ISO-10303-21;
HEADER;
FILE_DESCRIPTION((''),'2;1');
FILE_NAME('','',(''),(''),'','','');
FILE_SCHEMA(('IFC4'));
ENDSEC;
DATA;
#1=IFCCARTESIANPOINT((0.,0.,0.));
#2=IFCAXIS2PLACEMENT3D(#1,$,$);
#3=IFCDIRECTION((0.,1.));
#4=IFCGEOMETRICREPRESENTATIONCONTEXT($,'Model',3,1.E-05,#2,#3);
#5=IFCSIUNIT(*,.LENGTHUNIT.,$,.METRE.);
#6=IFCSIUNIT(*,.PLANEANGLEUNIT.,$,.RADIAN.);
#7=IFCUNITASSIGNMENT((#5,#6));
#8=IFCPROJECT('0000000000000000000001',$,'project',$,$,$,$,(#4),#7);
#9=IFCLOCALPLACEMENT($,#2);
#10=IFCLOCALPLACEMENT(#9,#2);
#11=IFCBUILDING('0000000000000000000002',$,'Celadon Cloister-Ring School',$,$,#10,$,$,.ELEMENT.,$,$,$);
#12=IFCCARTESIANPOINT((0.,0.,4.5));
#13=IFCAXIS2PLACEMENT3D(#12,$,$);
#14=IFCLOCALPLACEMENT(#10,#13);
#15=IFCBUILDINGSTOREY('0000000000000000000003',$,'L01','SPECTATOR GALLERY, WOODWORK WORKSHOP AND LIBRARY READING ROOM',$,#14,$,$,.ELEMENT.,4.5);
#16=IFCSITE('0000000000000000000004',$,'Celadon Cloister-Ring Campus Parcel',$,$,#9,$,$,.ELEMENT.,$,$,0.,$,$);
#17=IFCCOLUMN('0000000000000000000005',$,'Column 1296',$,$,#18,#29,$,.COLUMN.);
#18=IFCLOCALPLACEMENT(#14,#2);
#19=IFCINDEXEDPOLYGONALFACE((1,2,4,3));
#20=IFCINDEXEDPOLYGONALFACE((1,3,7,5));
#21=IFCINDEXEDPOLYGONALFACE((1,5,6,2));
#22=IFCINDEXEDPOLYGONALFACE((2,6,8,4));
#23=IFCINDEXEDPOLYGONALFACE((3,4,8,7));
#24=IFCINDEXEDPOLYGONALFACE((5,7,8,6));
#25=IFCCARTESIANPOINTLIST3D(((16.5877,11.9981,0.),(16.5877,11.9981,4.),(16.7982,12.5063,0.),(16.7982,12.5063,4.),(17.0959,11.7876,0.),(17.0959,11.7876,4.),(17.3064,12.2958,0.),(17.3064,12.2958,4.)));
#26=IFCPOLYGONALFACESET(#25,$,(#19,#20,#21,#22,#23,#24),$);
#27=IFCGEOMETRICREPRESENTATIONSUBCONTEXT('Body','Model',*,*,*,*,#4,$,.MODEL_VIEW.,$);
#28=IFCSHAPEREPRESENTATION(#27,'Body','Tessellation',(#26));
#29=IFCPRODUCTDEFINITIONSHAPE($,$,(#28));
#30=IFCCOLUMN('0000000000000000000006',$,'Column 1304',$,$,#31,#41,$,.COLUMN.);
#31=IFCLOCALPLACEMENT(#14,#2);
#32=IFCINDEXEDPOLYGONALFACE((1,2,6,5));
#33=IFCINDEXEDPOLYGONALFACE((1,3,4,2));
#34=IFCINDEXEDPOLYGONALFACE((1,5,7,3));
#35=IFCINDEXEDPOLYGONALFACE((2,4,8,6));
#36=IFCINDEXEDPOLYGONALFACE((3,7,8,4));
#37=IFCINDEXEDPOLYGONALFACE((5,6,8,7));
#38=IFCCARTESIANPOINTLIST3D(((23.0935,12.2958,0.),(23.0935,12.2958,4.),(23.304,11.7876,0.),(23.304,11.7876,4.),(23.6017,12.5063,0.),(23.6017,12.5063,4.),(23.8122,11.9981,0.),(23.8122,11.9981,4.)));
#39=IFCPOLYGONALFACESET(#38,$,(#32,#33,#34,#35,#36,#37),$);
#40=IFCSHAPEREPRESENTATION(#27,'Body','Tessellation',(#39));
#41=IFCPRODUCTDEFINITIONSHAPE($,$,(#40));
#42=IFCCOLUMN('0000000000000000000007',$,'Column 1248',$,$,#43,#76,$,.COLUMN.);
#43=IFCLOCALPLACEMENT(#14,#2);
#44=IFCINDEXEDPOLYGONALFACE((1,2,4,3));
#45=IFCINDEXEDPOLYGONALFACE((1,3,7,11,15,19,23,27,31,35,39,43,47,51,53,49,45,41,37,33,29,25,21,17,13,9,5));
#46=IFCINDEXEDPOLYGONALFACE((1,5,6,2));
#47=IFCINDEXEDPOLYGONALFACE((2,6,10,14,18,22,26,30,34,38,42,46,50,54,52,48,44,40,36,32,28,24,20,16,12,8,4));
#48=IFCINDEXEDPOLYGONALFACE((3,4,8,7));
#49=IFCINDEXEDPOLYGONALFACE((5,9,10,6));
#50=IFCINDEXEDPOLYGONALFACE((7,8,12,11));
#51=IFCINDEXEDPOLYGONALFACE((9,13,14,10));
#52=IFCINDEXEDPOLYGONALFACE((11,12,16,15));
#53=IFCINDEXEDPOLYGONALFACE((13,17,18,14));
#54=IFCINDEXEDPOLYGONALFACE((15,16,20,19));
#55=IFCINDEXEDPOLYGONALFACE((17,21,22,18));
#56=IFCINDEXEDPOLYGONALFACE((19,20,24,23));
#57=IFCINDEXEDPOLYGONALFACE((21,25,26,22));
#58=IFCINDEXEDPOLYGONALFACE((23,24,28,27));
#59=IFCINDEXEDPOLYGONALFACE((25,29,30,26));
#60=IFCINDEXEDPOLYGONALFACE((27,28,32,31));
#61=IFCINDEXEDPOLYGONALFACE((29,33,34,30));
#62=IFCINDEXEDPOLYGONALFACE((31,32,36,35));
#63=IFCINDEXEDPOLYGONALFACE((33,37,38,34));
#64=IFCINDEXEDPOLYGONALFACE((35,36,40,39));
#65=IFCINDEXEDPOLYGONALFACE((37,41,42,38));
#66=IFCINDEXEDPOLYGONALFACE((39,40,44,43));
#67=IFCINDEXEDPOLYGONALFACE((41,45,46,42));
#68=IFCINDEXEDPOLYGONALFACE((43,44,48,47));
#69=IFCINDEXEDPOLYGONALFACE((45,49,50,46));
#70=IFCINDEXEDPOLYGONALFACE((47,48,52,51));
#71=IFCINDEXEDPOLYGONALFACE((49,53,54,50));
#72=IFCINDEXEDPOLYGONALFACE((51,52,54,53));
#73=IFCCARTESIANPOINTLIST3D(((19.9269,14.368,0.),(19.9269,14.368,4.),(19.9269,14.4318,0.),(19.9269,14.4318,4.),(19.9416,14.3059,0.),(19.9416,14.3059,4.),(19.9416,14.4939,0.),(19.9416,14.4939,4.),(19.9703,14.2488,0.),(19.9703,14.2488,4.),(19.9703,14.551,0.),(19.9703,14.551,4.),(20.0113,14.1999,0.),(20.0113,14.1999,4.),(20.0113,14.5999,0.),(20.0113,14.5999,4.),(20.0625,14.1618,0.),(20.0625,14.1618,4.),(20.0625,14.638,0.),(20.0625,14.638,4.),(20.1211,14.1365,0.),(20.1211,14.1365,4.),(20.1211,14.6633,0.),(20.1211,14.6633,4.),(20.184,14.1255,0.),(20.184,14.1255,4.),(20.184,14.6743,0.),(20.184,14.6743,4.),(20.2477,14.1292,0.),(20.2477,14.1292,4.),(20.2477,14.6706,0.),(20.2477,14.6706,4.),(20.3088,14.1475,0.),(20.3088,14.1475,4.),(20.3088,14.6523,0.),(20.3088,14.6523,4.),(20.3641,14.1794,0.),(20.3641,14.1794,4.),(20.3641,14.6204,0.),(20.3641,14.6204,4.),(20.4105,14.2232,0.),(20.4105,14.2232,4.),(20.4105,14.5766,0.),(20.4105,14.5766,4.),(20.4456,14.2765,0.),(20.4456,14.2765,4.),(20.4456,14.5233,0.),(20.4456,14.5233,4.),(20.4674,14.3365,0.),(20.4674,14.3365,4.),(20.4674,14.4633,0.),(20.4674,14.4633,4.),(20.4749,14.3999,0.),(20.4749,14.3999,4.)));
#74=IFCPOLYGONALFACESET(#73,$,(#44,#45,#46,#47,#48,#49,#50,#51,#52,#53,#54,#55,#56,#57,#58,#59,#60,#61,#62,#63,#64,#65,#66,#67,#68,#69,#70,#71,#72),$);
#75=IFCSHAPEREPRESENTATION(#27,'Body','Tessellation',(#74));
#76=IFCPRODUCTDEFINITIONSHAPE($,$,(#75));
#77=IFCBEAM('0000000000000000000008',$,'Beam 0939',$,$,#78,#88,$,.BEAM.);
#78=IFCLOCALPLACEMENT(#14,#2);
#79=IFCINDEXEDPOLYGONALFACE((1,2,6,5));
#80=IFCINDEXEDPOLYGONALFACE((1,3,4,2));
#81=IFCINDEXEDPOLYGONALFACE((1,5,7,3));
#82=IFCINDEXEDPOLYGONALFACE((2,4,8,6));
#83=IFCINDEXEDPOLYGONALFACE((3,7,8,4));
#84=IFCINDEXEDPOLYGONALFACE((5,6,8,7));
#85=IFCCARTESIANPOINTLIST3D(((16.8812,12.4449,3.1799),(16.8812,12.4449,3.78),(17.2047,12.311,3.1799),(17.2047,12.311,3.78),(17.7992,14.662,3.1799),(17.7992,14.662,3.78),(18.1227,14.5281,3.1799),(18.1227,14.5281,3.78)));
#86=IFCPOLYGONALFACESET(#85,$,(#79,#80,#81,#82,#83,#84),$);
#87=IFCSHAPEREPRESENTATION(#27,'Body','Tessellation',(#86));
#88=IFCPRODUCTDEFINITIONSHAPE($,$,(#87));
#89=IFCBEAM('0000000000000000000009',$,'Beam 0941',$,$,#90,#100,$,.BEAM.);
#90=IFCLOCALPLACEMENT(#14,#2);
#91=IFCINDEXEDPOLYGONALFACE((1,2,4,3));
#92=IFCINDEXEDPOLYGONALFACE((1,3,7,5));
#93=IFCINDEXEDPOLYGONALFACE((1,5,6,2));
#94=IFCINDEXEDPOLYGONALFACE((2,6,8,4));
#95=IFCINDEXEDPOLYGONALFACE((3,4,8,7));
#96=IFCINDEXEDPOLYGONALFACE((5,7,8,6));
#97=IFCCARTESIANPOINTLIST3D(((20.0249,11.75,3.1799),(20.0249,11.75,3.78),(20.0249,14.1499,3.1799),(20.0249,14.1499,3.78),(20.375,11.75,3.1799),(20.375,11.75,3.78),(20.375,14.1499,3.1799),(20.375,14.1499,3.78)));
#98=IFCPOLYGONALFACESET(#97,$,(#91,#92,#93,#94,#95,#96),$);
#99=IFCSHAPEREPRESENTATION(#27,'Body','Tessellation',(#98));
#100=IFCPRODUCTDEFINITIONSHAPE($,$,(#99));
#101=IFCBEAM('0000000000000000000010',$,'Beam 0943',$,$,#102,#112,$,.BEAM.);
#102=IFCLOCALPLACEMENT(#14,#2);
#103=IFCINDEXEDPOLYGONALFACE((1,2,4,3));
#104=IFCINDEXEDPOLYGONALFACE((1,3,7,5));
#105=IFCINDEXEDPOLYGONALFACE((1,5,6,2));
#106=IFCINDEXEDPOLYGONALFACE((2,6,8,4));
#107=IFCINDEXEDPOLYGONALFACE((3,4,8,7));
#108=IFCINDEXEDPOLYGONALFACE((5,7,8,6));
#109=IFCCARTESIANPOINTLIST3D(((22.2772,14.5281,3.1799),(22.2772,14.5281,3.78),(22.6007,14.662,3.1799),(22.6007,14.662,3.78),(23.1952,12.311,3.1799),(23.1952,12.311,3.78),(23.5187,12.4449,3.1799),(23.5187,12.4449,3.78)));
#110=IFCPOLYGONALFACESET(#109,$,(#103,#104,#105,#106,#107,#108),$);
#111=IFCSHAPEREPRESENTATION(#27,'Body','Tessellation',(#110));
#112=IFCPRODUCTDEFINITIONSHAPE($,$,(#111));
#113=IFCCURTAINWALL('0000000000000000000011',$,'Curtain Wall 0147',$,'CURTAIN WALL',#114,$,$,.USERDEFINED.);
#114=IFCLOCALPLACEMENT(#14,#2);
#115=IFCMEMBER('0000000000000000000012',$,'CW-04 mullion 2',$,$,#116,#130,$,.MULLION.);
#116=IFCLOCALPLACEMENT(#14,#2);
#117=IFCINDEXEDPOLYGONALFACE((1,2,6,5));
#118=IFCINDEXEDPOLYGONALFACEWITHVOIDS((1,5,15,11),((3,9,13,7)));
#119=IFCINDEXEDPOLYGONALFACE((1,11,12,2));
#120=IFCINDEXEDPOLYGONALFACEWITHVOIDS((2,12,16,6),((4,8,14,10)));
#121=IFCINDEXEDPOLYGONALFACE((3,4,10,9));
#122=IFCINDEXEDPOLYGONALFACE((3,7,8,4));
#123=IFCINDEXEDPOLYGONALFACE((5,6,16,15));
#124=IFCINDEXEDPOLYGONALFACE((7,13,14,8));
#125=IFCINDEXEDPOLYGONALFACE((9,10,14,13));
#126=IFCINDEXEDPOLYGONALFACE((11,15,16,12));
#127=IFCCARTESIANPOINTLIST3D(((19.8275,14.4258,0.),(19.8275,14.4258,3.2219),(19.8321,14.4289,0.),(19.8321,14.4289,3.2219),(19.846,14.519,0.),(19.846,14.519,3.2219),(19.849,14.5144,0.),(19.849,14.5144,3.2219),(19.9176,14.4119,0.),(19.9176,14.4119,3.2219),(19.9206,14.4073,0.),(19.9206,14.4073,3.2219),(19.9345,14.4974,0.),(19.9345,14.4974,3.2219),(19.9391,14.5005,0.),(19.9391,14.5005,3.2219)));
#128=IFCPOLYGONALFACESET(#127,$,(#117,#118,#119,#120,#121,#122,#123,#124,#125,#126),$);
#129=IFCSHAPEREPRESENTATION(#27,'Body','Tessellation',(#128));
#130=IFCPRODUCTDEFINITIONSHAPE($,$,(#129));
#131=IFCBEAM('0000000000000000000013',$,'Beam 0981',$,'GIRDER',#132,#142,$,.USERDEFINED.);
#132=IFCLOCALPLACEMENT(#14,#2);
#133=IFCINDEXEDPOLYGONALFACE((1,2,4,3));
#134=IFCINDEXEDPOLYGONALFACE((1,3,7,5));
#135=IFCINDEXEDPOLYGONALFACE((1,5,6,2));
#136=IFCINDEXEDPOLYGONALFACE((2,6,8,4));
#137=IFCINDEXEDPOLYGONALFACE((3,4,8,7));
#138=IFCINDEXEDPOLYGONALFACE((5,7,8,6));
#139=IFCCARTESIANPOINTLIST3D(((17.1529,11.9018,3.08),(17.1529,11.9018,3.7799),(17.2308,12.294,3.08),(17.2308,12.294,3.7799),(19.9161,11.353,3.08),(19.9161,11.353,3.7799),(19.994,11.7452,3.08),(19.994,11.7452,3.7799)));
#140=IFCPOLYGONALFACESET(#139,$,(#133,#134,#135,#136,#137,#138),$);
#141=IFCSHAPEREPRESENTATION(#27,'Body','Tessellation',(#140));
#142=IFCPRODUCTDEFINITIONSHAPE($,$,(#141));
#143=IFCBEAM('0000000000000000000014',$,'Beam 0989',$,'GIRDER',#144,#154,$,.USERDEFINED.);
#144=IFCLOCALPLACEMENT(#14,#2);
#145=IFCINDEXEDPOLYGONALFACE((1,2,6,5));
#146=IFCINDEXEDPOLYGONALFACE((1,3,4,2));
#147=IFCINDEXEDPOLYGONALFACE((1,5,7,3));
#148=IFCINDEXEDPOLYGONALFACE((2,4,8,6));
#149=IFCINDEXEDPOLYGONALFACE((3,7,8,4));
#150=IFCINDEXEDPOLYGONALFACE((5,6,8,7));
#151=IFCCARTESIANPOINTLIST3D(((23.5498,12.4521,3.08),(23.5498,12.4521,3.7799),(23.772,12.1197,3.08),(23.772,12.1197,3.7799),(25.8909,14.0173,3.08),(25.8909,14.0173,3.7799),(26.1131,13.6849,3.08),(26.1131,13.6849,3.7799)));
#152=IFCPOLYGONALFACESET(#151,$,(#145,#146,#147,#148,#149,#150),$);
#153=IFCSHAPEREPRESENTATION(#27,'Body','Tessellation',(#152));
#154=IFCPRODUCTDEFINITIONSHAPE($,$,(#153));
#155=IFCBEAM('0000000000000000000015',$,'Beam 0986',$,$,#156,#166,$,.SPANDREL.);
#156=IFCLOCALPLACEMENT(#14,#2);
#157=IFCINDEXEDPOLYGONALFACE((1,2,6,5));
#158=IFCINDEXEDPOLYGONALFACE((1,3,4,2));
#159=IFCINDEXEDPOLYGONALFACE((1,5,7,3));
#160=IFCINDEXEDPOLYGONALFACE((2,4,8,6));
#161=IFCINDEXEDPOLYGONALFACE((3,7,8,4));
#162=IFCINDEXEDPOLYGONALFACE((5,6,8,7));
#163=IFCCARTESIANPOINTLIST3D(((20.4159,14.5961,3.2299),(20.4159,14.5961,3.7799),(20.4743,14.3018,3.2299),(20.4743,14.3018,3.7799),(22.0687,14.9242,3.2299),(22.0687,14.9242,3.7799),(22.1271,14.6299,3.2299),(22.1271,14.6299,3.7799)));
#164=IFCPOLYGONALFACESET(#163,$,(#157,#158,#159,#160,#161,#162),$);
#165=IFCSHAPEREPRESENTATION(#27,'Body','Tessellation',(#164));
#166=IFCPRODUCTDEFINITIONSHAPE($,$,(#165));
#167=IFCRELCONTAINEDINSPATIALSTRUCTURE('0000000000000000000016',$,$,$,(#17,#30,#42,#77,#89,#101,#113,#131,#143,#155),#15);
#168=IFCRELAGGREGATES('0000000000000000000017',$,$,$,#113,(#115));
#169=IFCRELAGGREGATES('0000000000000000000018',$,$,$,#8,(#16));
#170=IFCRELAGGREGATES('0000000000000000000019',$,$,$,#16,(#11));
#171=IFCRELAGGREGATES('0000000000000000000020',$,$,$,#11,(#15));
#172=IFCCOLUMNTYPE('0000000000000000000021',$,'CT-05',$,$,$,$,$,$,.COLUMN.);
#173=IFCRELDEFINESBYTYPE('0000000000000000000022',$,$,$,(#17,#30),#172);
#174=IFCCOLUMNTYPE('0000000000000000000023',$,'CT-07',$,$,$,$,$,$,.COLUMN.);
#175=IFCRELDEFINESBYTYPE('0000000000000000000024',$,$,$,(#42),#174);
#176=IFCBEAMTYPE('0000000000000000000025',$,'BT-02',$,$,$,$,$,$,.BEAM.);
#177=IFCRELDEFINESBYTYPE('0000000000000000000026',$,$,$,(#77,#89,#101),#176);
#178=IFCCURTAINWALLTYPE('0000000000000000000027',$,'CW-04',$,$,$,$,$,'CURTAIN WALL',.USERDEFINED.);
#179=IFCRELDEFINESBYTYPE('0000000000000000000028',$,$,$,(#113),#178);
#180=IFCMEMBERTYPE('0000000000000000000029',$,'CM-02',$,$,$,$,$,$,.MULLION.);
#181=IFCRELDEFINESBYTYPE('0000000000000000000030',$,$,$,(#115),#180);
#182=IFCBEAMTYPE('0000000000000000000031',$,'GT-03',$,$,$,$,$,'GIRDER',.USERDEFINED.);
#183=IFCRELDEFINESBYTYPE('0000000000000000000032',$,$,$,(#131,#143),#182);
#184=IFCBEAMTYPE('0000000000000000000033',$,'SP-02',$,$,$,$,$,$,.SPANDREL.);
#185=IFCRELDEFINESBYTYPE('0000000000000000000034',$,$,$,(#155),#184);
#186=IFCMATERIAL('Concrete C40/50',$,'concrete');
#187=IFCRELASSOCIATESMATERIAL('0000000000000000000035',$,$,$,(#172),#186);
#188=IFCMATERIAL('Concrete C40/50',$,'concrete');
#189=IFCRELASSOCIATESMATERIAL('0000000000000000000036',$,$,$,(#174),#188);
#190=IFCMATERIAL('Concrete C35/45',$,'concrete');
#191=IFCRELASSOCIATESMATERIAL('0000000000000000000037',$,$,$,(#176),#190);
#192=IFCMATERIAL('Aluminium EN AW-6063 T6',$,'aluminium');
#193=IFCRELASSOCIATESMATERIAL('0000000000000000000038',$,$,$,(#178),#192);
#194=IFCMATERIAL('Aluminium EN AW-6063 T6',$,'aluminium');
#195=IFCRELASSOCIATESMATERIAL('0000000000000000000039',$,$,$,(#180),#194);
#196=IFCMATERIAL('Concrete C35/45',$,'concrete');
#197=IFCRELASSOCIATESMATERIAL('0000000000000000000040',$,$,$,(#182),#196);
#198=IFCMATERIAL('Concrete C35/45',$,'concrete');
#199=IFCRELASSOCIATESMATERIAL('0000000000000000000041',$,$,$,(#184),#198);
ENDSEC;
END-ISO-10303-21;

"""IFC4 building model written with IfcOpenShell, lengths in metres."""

from ifc_helpers import new_model, si_unit, direction, frame, origin, origin_2d, place, context, subcontext, project, spatial, rectangle, hollow_rectangle, circle, extrude, material, material_profile, profile_set, type_object, element, aggregate, save


model = new_model("IFC4")

# Units and contexts
model_context = context("Model", 3, precision=1e-05, world=origin(), true_north=direction((0.0, 1.0)))
body_context = subcontext(model_context, "Body", "Model", "MODEL_VIEW")
ifc_project = project(units=[si_unit("LENGTHUNIT", "METRE"), si_unit("PLANEANGLEUNIT", "RADIAN")], contexts=[model_context])

# Site, building, storey
site_placement = place(None, origin())
site = spatial("IfcSite", under=ifc_project, at=site_placement, Name="Celadon Cloister-Ring Campus Parcel", CompositionType="ELEMENT", RefElevation=0.0)
building_placement = place(site_placement, origin())
building = spatial("IfcBuilding", under=site, at=building_placement, Name="Celadon Cloister-Ring School", CompositionType="ELEMENT")
storey_placement = place(building_placement, frame((0.0, 0.0, 4.5)))
storey = spatial("IfcBuildingStorey", under=building, at=storey_placement, Name="L01", Description="SPECTATOR GALLERY, WOODWORK WORKSHOP AND LIBRARY READING ROOM", CompositionType="ELEMENT", Elevation=4.5)

# Columns
ifc_material_1 = material(Name="Concrete C40/50", Category="concrete")
ifc_material_profile_1 = material_profile(ifc_material_1, rectangle(XDim=0.55, YDim=0.55, at=origin_2d()), Name="RC550X550")
ifc_profile_set_1 = profile_set([ifc_material_profile_1], Name="Concrete C40/50")
column_type_1 = type_object("IfcColumnType", Name="CT-05", PredefinedType="COLUMN", material=ifc_profile_set_1)
for number, where, z_axis, x_axis, name in (
    (1, (16.947, 12.147, 0.0), (0.0, 0.0, 1.0), (-0.382683, -0.92388, 0.0), "Column 1296"),
    (2, (23.4529, 12.147, 0.0), (0.0, 0.0, 1.0), (0.382683, -0.92388, 0.0), "Column 1304"),
):
    element("IfcColumn", number, at=place(storey_placement, frame(where, z_axis=z_axis, x_axis=x_axis)), inside=storey, type_object=column_type_1, Name=name, PredefinedType="COLUMN", context=body_context, shape_type="SweptSolid", body=[
        extrude(rectangle(XDim=0.55, YDim=0.55, at=origin_2d()), origin(), (0.0, 0.0, 1.0), 4.0),
    ])
ifc_material_2 = material(Name="Concrete C40/50", Category="concrete")
ifc_material_profile_2 = material_profile(ifc_material_2, circle(Radius=0.2749, at=origin_2d()), Name="CIRC550")
ifc_profile_set_2 = profile_set([ifc_material_profile_2], Name="Concrete C40/50")
column_type_2 = type_object("IfcColumnType", Name="CT-07", PredefinedType="COLUMN", material=ifc_profile_set_2)
column_placement = place(storey_placement, frame((20.2, 14.3999, 0.0), z_axis=(0.0, 0.0, 1.0), x_axis=(1.0, 0.0, 0.0)))
element("IfcColumn", 3, at=column_placement, inside=storey, type_object=column_type_2, Name="Column 1248", PredefinedType="COLUMN", context=body_context, shape_type="SweptSolid", body=[
    extrude(circle(Radius=0.2749, at=origin_2d()), origin(), (0.0, 0.0, 1.0), 4.0),
])

# Beams
ifc_material_3 = material(Name="Concrete C35/45", Category="concrete")
ifc_material_profile_3 = material_profile(ifc_material_3, rectangle(XDim=0.3501, YDim=0.6001, at=origin_2d()), Name="RC350X600")
ifc_profile_set_3 = profile_set([ifc_material_profile_3], Name="Concrete C35/45")
beam_type_1 = type_object("IfcBeamType", Name="BT-02", PredefinedType="BEAM", material=ifc_profile_set_3)
beam_1_placement = place(storey_placement, frame((17.043, 12.3779, 3.48), z_axis=(0.382555, 0.923933, 0.0), x_axis=(-0.923933, 0.382555, 0.0)))
element("IfcBeam", 4, at=beam_1_placement, inside=storey, type_object=beam_type_1, Name="Beam 0939", PredefinedType="BEAM", context=body_context, shape_type="SweptSolid", body=[
    extrude(rectangle(XDim=0.3501, YDim=0.6001, at=origin_2d()), origin(), (0.0, 0.0, 1.0), 2.3997),
])
beam_2_placement = place(storey_placement, frame((20.2, 11.75, 3.48), z_axis=(0.0, 1.0, 0.0), x_axis=(-1.0, 0.0, 0.0)))
element("IfcBeam", 5, at=beam_2_placement, inside=storey, type_object=beam_type_1, Name="Beam 0941", PredefinedType="BEAM", context=body_context, shape_type="SweptSolid", body=[
    extrude(rectangle(XDim=0.3501, YDim=0.6001, at=origin_2d()), origin(), (0.0, 0.0, 1.0), 2.3999),
])
beam_3_placement = place(storey_placement, frame((23.3569, 12.3779, 3.48), z_axis=(-0.382555, 0.923933, 0.0), x_axis=(-0.923933, -0.382555, 0.0)))
element("IfcBeam", 6, at=beam_3_placement, inside=storey, type_object=beam_type_1, Name="Beam 0943", PredefinedType="BEAM", context=body_context, shape_type="SweptSolid", body=[
    extrude(rectangle(XDim=0.3501, YDim=0.6001, at=origin_2d()), origin(), (0.0, 0.0, 1.0), 2.3997),
])

# Curtain wall, member
ifc_material_4 = material(Name="Aluminium EN AW-6063 T6", Category="aluminium")
curtain_wall_type = type_object("IfcCurtainWallType", Name="CW-04", ElementType="CURTAIN WALL", PredefinedType="USERDEFINED", material=ifc_material_4)
curtain_wall_placement = place(storey_placement, origin())
curtain_wall = element("IfcCurtainWall", 7, at=curtain_wall_placement, inside=storey, type_object=curtain_wall_type, Name="Curtain Wall 0147", ObjectType="CURTAIN WALL", PredefinedType="USERDEFINED")
ifc_material_5 = material(Name="Aluminium EN AW-6063 T6", Category="aluminium")
ifc_material_profile_4 = material_profile(ifc_material_5, hollow_rectangle(XDim=0.095, YDim=0.095, WallThickness=0.0039, at=origin_2d()), Name="RHS95X95X4")
ifc_profile_set_4 = profile_set([ifc_material_profile_4], Name="Aluminium EN AW-6063 T6")
member_type = type_object("IfcMemberType", Name="CM-02", PredefinedType="MULLION", material=ifc_profile_set_4)
member_placement = place(storey_placement, frame((19.8833, 14.4631, 0.0), z_axis=(0.0, 0.0, 1.0), x_axis=(0.194586, 0.980885, 0.0)))
member = element("IfcMember", 8, at=member_placement, type_object=member_type, Name="CW-04 mullion 2", PredefinedType="MULLION", context=body_context, shape_type="SweptSolid", body=[
    extrude(hollow_rectangle(XDim=0.095, YDim=0.095, WallThickness=0.0039, at=origin_2d()), origin(), (0.0, 0.0, 1.0), 3.2219),
])
aggregate(curtain_wall, [member])

# Beams
ifc_material_6 = material(Name="Concrete C35/45", Category="concrete")
ifc_material_profile_5 = material_profile(ifc_material_6, rectangle(XDim=0.3999, YDim=0.7, at=origin_2d()), Name="RC400X700")
ifc_profile_set_5 = profile_set([ifc_material_profile_5], Name="Concrete C35/45")
beam_type_2 = type_object("IfcBeamType", Name="GT-03", ElementType="GIRDER", PredefinedType="USERDEFINED", material=ifc_profile_set_5)
beam_4_placement = place(storey_placement, frame((17.1919, 12.0979, 3.4299), z_axis=(0.98084, -0.194816, 0.0), x_axis=(0.194816, 0.98084, 0.0)))
element("IfcBeam", 9, at=beam_4_placement, inside=storey, type_object=beam_type_2, Name="Beam 0981", ObjectType="GIRDER", PredefinedType="USERDEFINED", context=body_context, shape_type="SweptSolid", body=[
    extrude(rectangle(XDim=0.3999, YDim=0.7, at=origin_2d()), origin(), (0.0, 0.0, 1.0), 2.8171),
])
beam_5_placement = place(storey_placement, frame((23.6609, 12.2859, 3.4299), z_axis=(0.831316, 0.5558, 0.0), x_axis=(-0.5558, 0.831316, 0.0)))
element("IfcBeam", 10, at=beam_5_placement, inside=storey, type_object=beam_type_2, Name="Beam 0989", ObjectType="GIRDER", PredefinedType="USERDEFINED", context=body_context, shape_type="SweptSolid", body=[
    extrude(rectangle(XDim=0.3999, YDim=0.7, at=origin_2d()), origin(), (0.0, 0.0, 1.0), 2.8162),
])
ifc_material_7 = material(Name="Concrete C35/45", Category="concrete")
ifc_material_profile_6 = material_profile(ifc_material_7, rectangle(XDim=0.3, YDim=0.55, at=origin_2d()), Name="RC300X550")
ifc_profile_set_6 = profile_set([ifc_material_profile_6], Name="Concrete C35/45")
beam_type_3 = type_object("IfcBeamType", Name="SP-02", PredefinedType="SPANDREL", material=ifc_profile_set_6)
beam_6_placement = place(storey_placement, frame((20.4451, 14.449, 3.5049), z_axis=(0.980858, 0.194723, 0.0), x_axis=(-0.194723, 0.980858, 0.0)))
element("IfcBeam", 11, at=beam_6_placement, inside=storey, type_object=beam_type_3, Name="Beam 0986", PredefinedType="SPANDREL", context=body_context, shape_type="SweptSolid", body=[
    extrude(rectangle(XDim=0.3, YDim=0.55, at=origin_2d()), origin(), (0.0, 0.0, 1.0), 1.6851),
])

save(model, "model.ifc")
